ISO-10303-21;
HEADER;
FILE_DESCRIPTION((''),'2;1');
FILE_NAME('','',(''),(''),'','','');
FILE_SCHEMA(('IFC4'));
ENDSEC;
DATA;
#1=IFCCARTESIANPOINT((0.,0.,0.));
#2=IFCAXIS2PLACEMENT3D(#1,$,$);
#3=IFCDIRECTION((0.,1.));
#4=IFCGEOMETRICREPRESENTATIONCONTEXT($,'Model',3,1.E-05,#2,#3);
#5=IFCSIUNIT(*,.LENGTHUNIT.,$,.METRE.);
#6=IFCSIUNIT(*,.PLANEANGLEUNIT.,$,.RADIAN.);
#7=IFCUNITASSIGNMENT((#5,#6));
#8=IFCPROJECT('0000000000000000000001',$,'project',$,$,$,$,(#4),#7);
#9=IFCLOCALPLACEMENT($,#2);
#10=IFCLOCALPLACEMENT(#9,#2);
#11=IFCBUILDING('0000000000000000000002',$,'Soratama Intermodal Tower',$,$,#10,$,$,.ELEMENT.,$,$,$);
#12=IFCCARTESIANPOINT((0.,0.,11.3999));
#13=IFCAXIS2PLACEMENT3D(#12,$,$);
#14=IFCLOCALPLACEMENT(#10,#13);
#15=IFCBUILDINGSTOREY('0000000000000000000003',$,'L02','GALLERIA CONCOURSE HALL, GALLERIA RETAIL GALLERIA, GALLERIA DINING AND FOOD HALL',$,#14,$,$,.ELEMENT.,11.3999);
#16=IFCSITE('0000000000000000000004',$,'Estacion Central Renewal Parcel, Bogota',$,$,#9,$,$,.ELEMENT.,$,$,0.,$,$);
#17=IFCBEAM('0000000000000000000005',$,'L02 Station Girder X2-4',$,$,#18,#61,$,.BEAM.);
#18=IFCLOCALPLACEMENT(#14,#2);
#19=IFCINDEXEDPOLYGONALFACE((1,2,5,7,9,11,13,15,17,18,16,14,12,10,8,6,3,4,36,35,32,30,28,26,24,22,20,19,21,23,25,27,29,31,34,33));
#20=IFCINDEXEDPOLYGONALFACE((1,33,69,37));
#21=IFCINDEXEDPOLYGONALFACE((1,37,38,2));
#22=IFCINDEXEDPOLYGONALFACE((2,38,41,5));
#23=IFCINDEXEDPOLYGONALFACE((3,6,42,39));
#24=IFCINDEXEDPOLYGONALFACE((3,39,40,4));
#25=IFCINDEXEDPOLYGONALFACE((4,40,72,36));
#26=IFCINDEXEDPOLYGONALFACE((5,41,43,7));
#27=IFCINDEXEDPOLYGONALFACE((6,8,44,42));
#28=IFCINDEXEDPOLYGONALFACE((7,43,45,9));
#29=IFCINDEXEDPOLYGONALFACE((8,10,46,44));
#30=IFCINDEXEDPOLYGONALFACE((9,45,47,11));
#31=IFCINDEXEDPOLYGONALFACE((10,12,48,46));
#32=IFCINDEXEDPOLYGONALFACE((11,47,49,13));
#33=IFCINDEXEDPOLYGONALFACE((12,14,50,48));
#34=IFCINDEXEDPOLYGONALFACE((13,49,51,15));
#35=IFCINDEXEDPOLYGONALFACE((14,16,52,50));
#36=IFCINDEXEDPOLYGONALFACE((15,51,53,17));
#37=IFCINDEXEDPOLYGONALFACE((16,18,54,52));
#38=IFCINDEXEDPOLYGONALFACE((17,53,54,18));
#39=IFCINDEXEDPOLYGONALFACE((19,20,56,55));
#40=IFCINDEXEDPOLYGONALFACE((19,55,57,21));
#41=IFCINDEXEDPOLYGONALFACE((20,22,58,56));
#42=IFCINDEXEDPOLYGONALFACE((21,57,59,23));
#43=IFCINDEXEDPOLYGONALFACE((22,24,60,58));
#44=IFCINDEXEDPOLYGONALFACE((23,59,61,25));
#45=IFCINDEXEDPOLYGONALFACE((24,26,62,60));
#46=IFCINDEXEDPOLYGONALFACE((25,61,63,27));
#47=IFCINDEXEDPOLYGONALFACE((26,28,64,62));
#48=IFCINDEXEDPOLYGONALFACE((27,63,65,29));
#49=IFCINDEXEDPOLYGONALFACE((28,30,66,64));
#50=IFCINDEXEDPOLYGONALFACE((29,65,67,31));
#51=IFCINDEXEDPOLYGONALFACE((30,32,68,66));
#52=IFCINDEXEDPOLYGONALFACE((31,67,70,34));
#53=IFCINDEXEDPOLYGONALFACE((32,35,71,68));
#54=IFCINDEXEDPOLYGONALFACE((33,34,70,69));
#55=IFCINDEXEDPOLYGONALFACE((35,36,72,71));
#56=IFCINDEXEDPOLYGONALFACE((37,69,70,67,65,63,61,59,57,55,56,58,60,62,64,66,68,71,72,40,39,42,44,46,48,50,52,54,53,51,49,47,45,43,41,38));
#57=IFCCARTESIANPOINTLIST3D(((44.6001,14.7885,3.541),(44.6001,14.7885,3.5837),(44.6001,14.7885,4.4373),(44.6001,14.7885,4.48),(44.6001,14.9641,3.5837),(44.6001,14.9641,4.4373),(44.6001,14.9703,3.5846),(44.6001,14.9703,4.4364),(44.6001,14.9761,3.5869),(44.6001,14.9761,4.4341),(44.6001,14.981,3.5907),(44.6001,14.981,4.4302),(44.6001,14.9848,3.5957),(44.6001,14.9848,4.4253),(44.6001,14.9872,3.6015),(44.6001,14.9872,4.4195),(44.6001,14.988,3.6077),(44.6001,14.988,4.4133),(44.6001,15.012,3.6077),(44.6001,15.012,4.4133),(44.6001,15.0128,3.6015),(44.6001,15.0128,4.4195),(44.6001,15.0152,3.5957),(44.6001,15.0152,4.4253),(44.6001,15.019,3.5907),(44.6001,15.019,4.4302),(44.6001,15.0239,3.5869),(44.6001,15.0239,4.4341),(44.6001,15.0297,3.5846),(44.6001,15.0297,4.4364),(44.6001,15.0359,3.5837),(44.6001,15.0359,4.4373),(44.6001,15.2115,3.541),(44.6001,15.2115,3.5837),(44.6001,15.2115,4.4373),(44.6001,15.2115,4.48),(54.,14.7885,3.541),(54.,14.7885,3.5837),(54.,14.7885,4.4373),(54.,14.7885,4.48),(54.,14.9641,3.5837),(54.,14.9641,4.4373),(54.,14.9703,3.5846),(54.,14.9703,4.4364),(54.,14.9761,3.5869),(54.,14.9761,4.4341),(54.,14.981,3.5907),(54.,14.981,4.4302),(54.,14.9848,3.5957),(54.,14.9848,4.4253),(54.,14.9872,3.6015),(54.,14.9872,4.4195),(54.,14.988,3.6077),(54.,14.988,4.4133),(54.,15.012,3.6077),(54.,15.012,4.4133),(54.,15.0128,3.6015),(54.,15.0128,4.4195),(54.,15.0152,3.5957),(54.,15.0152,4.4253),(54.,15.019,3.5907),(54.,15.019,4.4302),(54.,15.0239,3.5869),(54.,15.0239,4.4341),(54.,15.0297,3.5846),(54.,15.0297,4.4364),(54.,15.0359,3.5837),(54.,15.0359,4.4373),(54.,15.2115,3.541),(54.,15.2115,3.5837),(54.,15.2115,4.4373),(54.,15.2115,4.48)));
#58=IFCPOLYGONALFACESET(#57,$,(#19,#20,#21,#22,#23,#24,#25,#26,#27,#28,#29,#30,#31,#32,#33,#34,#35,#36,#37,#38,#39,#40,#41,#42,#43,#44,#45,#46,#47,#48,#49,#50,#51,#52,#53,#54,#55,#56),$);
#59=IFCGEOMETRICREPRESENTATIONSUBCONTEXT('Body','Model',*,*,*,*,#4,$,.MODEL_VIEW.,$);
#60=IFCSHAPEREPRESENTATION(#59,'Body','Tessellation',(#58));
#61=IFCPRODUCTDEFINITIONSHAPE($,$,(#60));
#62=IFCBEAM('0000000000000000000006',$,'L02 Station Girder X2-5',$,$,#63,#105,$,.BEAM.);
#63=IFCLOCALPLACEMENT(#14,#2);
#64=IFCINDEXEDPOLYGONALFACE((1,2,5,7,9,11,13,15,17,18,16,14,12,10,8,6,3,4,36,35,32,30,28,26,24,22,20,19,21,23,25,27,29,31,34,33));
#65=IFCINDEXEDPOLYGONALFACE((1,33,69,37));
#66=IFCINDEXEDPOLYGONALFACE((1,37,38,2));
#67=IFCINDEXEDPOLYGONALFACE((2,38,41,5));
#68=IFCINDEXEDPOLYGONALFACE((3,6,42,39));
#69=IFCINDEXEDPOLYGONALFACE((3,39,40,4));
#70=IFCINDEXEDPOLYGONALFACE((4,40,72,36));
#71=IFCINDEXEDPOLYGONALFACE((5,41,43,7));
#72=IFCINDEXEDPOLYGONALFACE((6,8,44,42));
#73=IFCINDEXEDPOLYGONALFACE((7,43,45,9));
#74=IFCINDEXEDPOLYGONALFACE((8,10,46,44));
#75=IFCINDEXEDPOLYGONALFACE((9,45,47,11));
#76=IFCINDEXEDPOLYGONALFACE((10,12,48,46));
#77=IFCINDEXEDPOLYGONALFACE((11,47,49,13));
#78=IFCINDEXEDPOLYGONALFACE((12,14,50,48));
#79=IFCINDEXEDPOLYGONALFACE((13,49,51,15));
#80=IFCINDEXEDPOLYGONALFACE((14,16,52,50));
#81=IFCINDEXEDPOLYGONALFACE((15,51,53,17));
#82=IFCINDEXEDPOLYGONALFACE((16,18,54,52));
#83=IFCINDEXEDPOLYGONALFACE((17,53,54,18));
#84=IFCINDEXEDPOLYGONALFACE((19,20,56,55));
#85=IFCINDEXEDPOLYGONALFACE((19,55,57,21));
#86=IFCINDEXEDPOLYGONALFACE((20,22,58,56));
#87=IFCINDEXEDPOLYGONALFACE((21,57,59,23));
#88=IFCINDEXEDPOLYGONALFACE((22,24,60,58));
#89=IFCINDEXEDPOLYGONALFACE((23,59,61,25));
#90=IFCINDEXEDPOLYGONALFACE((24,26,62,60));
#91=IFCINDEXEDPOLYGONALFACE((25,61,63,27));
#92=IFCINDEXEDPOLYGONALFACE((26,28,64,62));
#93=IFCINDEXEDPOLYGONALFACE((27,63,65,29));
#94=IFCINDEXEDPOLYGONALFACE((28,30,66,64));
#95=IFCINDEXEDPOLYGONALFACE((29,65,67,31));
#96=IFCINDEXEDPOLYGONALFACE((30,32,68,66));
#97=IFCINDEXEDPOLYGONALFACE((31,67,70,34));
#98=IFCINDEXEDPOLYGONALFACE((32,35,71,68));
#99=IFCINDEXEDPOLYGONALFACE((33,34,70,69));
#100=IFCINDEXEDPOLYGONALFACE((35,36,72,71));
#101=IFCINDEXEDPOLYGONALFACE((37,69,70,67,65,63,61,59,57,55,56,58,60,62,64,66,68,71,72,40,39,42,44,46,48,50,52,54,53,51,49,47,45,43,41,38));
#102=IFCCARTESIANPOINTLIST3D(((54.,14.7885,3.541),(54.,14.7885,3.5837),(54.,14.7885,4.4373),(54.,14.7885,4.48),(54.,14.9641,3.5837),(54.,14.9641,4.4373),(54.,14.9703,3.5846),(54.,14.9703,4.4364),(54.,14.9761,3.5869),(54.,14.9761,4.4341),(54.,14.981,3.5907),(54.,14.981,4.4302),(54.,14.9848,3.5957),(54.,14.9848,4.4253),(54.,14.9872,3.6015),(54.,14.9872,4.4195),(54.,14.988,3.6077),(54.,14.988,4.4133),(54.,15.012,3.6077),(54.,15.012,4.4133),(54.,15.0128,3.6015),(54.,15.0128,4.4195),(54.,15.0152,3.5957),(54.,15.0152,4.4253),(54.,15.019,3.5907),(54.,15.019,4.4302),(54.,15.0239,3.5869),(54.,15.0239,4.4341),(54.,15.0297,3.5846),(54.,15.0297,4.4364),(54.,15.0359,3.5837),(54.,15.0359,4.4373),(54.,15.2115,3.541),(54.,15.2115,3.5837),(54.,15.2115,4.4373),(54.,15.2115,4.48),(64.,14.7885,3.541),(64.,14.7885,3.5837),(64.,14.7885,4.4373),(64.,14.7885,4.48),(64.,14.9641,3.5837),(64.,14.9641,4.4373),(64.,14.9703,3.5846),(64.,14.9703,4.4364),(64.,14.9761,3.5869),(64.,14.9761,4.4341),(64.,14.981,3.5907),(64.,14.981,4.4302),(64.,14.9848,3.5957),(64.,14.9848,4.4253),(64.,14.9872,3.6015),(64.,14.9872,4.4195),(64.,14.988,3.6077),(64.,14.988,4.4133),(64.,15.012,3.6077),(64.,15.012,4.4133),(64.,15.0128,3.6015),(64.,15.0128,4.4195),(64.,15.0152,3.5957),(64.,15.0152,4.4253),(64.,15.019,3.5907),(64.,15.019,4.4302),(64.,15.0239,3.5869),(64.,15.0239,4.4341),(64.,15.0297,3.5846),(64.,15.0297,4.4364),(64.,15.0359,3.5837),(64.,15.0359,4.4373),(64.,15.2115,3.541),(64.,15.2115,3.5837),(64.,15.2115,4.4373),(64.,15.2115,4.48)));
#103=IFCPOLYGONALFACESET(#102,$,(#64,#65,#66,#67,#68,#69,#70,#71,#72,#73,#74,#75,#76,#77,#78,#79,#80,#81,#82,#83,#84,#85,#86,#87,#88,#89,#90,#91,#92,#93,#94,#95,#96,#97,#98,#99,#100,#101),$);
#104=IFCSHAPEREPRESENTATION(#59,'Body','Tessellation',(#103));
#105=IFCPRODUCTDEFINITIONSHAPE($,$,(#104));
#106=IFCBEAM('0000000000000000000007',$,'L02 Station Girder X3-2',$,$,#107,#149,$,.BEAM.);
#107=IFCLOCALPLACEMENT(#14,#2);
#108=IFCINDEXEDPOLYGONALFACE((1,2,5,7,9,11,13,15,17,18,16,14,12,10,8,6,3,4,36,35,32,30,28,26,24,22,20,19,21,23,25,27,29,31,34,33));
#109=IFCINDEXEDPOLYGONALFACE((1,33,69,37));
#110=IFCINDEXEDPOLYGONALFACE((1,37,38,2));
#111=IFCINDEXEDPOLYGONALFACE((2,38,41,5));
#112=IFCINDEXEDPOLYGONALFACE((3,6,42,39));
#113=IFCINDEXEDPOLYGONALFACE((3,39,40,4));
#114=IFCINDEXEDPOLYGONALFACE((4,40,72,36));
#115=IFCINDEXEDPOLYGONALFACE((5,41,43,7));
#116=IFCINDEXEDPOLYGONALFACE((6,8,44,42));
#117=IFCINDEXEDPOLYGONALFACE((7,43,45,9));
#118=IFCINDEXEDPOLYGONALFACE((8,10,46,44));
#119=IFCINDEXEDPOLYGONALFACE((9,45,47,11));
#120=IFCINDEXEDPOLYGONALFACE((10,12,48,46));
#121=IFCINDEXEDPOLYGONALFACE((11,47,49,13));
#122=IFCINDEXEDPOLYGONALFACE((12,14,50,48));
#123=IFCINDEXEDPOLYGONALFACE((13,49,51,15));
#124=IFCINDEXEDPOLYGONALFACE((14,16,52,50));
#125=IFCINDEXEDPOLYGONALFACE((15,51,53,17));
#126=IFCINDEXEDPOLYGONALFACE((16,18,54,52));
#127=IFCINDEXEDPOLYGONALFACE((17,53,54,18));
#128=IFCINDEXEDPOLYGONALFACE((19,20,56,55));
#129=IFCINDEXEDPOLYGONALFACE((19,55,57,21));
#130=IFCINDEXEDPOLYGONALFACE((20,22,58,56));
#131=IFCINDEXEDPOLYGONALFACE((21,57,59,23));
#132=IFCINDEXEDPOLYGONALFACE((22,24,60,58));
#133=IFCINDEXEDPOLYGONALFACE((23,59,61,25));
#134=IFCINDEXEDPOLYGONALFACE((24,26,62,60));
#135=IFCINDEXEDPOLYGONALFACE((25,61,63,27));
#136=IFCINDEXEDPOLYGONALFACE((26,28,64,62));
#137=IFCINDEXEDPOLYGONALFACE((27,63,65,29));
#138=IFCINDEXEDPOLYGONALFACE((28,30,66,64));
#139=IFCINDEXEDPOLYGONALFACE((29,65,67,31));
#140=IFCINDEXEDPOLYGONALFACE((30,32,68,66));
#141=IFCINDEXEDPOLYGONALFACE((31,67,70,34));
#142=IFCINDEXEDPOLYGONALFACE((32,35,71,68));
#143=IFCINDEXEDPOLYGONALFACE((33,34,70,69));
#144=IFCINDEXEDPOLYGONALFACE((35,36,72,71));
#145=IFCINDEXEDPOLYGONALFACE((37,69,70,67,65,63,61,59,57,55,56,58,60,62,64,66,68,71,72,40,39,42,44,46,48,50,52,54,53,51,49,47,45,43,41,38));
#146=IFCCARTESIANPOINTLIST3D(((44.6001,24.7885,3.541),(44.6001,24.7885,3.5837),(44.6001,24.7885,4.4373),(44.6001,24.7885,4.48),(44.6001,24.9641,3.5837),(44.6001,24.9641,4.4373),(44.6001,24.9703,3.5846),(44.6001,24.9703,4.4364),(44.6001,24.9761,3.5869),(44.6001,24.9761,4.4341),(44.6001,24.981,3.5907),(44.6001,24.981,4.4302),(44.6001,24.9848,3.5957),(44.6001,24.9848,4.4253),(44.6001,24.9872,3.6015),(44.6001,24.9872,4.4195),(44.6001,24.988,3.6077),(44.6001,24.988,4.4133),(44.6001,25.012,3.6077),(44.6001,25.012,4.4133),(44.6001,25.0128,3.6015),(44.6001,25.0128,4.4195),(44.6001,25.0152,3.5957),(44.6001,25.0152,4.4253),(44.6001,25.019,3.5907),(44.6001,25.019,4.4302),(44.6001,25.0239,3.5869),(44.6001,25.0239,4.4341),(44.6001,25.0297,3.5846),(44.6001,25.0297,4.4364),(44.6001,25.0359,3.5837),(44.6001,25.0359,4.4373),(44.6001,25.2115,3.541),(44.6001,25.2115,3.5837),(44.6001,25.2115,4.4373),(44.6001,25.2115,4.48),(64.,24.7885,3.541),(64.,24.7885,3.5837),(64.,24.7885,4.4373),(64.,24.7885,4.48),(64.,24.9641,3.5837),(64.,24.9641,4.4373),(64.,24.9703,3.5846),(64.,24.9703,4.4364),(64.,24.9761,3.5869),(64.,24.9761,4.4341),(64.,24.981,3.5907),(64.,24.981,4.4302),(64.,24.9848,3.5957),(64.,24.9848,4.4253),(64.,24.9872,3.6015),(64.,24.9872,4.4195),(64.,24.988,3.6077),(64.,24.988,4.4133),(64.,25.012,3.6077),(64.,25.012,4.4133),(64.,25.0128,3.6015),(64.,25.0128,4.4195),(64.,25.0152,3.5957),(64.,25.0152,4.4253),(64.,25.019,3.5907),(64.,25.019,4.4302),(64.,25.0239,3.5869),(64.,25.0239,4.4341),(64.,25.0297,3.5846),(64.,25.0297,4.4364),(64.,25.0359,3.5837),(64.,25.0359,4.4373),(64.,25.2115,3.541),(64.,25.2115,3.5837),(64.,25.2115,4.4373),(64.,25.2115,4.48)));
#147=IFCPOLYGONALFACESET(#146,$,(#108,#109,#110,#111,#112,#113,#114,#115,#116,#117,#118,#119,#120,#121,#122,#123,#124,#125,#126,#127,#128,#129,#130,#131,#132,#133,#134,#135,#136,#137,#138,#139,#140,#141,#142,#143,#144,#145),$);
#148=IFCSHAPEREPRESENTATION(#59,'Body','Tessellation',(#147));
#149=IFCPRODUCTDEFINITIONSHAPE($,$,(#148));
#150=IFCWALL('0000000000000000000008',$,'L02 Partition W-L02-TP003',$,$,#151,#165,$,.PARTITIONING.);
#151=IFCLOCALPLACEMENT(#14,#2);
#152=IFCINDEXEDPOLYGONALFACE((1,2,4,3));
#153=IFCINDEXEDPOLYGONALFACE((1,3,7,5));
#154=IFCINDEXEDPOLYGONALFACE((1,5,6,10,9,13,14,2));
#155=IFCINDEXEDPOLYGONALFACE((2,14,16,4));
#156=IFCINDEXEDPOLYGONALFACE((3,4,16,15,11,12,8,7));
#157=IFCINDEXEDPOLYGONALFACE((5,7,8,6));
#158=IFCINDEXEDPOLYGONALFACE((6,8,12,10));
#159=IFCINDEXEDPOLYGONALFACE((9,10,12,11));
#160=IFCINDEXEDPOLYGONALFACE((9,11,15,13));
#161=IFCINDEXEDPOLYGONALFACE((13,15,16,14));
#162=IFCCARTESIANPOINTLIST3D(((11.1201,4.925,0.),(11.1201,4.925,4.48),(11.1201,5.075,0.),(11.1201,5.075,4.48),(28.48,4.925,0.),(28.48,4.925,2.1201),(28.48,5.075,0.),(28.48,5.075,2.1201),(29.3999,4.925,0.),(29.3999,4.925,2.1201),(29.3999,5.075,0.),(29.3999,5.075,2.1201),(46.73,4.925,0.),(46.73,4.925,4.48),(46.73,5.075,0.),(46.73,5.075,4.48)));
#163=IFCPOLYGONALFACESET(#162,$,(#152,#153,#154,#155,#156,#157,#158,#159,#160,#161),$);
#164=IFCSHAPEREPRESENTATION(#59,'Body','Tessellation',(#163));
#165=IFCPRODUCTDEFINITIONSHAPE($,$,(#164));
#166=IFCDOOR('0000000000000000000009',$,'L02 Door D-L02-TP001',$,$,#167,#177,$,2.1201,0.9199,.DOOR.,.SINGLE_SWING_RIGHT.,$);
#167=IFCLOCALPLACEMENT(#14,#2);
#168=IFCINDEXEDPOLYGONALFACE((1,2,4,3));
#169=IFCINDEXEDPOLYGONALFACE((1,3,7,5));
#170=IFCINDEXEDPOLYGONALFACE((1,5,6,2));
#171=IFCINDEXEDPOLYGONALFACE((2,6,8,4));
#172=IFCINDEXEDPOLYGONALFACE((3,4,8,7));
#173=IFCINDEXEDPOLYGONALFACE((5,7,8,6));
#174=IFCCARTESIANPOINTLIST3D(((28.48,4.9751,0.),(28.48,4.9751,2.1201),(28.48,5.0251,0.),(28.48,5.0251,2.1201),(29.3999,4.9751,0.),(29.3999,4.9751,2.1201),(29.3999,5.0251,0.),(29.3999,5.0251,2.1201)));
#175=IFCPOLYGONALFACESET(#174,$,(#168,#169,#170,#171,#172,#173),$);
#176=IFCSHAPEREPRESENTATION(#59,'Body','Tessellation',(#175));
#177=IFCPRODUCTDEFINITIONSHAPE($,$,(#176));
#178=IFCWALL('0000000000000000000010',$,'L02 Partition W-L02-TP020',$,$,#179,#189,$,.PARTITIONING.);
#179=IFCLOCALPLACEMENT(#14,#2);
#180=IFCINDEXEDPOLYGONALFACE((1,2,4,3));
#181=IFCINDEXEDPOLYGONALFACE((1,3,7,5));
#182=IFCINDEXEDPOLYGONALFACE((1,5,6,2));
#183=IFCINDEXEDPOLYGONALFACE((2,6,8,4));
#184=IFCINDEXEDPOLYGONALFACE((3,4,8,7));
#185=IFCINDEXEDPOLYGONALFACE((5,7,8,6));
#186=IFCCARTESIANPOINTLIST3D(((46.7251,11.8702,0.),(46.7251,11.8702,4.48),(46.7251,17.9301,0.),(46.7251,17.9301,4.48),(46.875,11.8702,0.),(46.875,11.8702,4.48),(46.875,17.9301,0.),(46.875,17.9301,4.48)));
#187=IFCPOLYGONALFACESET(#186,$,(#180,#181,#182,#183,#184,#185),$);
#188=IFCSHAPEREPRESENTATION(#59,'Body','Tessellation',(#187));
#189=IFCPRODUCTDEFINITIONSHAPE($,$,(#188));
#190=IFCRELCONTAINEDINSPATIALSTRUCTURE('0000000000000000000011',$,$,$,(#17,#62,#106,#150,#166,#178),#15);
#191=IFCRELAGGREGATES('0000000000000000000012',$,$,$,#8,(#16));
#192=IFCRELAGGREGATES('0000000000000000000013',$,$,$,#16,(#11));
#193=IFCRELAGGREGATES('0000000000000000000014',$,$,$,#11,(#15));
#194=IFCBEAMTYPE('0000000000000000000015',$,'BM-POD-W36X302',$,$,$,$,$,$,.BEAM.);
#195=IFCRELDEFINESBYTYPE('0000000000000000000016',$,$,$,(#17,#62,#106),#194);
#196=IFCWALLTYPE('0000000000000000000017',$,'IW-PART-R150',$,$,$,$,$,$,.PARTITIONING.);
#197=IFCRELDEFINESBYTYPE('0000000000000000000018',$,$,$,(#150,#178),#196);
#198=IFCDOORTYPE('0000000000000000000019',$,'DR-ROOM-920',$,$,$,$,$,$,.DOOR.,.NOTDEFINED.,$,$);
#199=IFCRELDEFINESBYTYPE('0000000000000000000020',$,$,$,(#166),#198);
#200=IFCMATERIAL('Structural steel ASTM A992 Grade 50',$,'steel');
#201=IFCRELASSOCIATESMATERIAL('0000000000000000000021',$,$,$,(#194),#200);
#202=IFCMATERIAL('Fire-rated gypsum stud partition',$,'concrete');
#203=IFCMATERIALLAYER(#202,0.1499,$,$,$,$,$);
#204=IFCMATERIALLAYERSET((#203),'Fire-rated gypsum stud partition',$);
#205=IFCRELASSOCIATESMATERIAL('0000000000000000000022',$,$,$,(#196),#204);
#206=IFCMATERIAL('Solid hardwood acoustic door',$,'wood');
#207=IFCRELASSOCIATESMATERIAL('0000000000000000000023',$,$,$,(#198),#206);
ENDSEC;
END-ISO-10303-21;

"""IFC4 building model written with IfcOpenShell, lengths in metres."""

from ifc_helpers import new_model, si_unit, direction, frame, frame_2d, origin, origin_2d, place, context, subcontext, project, spatial, rectangle, i_section, extrude, material, layer, layer_set, material_profile, profile_set, type_object, element, fill, save


model = new_model("IFC4")

# Units and contexts
model_context = context("Model", 3, precision=1e-05, world=origin(), true_north=direction((0.0, 1.0)))
body_context = subcontext(model_context, "Body", "Model", "MODEL_VIEW")
ifc_project = project(units=[si_unit("LENGTHUNIT", "METRE"), si_unit("PLANEANGLEUNIT", "RADIAN")], contexts=[model_context])

# Site, building, storey
site_placement = place(None, origin())
site = spatial("IfcSite", under=ifc_project, at=site_placement, Name="Estacion Central Renewal Parcel, Bogota", CompositionType="ELEMENT", RefElevation=0.0)
building_placement = place(site_placement, origin())
building = spatial("IfcBuilding", under=site, at=building_placement, Name="Soratama Intermodal Tower", CompositionType="ELEMENT")
storey_placement = place(building_placement, frame((0.0, 0.0, 11.3999)))
storey = spatial("IfcBuildingStorey", under=building, at=storey_placement, Name="L02", Description="GALLERIA CONCOURSE HALL, GALLERIA RETAIL GALLERIA, GALLERIA DINING AND FOOD HALL", CompositionType="ELEMENT", Elevation=11.3999)

# Beams
ifc_material_1 = material(Name="Structural steel ASTM A992 Grade 50", Category="steel")
ifc_material_profile_1 = material_profile(ifc_material_1, i_section(OverallWidth=0.4231, OverallDepth=0.939, WebThickness=0.0239, FlangeThickness=0.0427, FilletRadius=0.0239, at=origin_2d()), Name="W36X302")
ifc_profile_set_1 = profile_set([ifc_material_profile_1], Name="Structural steel ASTM A992 Grade 50")
beam_type_1 = type_object("IfcBeamType", Name="BM-POD-W36X302", PredefinedType="BEAM", material=ifc_profile_set_1)
beam_1_placement = place(storey_placement, frame((44.6001, 15.0, 4.0105), z_axis=(1.0, 0.0, 0.0), x_axis=(0.0, 1.0, 0.0)))
element("IfcBeam", 1, at=beam_1_placement, inside=storey, type_object=beam_type_1, Name="L02 Station Girder X2-4", PredefinedType="BEAM", context=body_context, shape_type="SweptSolid", body=[
    extrude(i_section(OverallWidth=0.4231, OverallDepth=0.939, WebThickness=0.0239, FlangeThickness=0.0427, FilletRadius=0.0239, at=origin_2d()), origin(), (0.0, 0.0, 1.0), 9.3999),
])
beam_2_placement = place(storey_placement, frame((54.0, 15.0, 4.0105), z_axis=(1.0, 0.0, 0.0), x_axis=(0.0, 1.0, 0.0)))
element("IfcBeam", 2, at=beam_2_placement, inside=storey, type_object=beam_type_1, Name="L02 Station Girder X2-5", PredefinedType="BEAM", context=body_context, shape_type="SweptSolid", body=[
    extrude(i_section(OverallWidth=0.4231, OverallDepth=0.939, WebThickness=0.0239, FlangeThickness=0.0427, FilletRadius=0.0239, at=origin_2d()), origin(), (0.0, 0.0, 1.0), 10.0),
])
beam_3_placement = place(storey_placement, frame((44.6001, 25.0, 4.0105), z_axis=(1.0, 0.0, 0.0), x_axis=(0.0, 1.0, 0.0)))
element("IfcBeam", 3, at=beam_3_placement, inside=storey, type_object=beam_type_1, Name="L02 Station Girder X3-2", PredefinedType="BEAM", context=body_context, shape_type="SweptSolid", body=[
    extrude(i_section(OverallWidth=0.4231, OverallDepth=0.939, WebThickness=0.0239, FlangeThickness=0.0427, FilletRadius=0.0239, at=origin_2d()), origin(), (0.0, 0.0, 1.0), 19.3999),
])

# Wall, opening, door
ifc_material_2 = material(Name="Fire-rated gypsum stud partition", Category="concrete")
ifc_layer_1 = layer(ifc_material_2, 0.1499)
ifc_layer_set_1 = layer_set([ifc_layer_1], Name="Fire-rated gypsum stud partition")
wall_type_1 = type_object("IfcWallType", Name="IW-PART-R150", PredefinedType="PARTITIONING", material=ifc_layer_set_1)
wall_1_placement = place(storey_placement, frame((46.73, 5.0, 0.0), z_axis=(0.0, 0.0, 1.0), x_axis=(-1.0, 0.0, 0.0)))
wall_1 = element("IfcWall", 4, at=wall_1_placement, inside=storey, type_object=wall_type_1, Name="L02 Partition W-L02-TP003", PredefinedType="PARTITIONING", context=body_context, shape_type="SweptSolid", body=[
    extrude(rectangle(XDim=35.6099, YDim=0.1499, at=frame_2d((17.8049, 0.0))), origin(), (0.0, 0.0, 1.0), 4.48),
])
opening_placement = place(wall_1_placement, frame((17.3301, 0.0, 0.0)))
opening = element("IfcOpeningElement", 5, at=opening_placement, cuts=wall_1, PredefinedType="OPENING", context=body_context, shape_type="SweptSolid", body=[
    extrude(rectangle(XDim=0.9199, YDim=2.1201, at=frame_2d((0.46, 1.0601))), frame((0.0, 0.085, 0.0), z_axis=(0.0, -1.0, 0.0), x_axis=(1.0, 0.0, 0.0)), (0.0, 0.0, 1.0), 0.1699),
])
ifc_material_3 = material(Name="Solid hardwood acoustic door", Category="wood")
door_type = type_object("IfcDoorType", Name="DR-ROOM-920", OperationType="NOTDEFINED", PredefinedType="DOOR", material=ifc_material_3)
door_placement = place(opening_placement, origin())
door = element("IfcDoor", 6, at=door_placement, inside=storey, type_object=door_type, Name="L02 Door D-L02-TP001", OperationType="SINGLE_SWING_RIGHT", OverallHeight=2.1201, OverallWidth=0.9199, PredefinedType="DOOR", context=body_context, shape_type="SweptSolid", body=[
    extrude(rectangle(XDim=0.9199, YDim=2.1201, at=frame_2d((0.46, 1.0601))), frame((0.0, 0.0249, 0.0), z_axis=(0.0, -1.0, 0.0), x_axis=(1.0, 0.0, 0.0)), (0.0, 0.0, 1.0), 0.05),
])
fill(opening, door)

# Wall
wall_2_placement = place(storey_placement, frame((46.8, 17.9299, 0.0), z_axis=(0.0, 0.0, 1.0), x_axis=(0.0, -1.0, 0.0)))
element("IfcWall", 7, at=wall_2_placement, inside=storey, type_object=wall_type_1, Name="L02 Partition W-L02-TP020", PredefinedType="PARTITIONING", context=body_context, shape_type="SweptSolid", body=[
    extrude(rectangle(XDim=6.0598, YDim=0.1499, at=frame_2d((3.0298, 0.0))), origin(), (0.0, 0.0, 1.0), 4.48),
])

save(model, "model.ifc")
